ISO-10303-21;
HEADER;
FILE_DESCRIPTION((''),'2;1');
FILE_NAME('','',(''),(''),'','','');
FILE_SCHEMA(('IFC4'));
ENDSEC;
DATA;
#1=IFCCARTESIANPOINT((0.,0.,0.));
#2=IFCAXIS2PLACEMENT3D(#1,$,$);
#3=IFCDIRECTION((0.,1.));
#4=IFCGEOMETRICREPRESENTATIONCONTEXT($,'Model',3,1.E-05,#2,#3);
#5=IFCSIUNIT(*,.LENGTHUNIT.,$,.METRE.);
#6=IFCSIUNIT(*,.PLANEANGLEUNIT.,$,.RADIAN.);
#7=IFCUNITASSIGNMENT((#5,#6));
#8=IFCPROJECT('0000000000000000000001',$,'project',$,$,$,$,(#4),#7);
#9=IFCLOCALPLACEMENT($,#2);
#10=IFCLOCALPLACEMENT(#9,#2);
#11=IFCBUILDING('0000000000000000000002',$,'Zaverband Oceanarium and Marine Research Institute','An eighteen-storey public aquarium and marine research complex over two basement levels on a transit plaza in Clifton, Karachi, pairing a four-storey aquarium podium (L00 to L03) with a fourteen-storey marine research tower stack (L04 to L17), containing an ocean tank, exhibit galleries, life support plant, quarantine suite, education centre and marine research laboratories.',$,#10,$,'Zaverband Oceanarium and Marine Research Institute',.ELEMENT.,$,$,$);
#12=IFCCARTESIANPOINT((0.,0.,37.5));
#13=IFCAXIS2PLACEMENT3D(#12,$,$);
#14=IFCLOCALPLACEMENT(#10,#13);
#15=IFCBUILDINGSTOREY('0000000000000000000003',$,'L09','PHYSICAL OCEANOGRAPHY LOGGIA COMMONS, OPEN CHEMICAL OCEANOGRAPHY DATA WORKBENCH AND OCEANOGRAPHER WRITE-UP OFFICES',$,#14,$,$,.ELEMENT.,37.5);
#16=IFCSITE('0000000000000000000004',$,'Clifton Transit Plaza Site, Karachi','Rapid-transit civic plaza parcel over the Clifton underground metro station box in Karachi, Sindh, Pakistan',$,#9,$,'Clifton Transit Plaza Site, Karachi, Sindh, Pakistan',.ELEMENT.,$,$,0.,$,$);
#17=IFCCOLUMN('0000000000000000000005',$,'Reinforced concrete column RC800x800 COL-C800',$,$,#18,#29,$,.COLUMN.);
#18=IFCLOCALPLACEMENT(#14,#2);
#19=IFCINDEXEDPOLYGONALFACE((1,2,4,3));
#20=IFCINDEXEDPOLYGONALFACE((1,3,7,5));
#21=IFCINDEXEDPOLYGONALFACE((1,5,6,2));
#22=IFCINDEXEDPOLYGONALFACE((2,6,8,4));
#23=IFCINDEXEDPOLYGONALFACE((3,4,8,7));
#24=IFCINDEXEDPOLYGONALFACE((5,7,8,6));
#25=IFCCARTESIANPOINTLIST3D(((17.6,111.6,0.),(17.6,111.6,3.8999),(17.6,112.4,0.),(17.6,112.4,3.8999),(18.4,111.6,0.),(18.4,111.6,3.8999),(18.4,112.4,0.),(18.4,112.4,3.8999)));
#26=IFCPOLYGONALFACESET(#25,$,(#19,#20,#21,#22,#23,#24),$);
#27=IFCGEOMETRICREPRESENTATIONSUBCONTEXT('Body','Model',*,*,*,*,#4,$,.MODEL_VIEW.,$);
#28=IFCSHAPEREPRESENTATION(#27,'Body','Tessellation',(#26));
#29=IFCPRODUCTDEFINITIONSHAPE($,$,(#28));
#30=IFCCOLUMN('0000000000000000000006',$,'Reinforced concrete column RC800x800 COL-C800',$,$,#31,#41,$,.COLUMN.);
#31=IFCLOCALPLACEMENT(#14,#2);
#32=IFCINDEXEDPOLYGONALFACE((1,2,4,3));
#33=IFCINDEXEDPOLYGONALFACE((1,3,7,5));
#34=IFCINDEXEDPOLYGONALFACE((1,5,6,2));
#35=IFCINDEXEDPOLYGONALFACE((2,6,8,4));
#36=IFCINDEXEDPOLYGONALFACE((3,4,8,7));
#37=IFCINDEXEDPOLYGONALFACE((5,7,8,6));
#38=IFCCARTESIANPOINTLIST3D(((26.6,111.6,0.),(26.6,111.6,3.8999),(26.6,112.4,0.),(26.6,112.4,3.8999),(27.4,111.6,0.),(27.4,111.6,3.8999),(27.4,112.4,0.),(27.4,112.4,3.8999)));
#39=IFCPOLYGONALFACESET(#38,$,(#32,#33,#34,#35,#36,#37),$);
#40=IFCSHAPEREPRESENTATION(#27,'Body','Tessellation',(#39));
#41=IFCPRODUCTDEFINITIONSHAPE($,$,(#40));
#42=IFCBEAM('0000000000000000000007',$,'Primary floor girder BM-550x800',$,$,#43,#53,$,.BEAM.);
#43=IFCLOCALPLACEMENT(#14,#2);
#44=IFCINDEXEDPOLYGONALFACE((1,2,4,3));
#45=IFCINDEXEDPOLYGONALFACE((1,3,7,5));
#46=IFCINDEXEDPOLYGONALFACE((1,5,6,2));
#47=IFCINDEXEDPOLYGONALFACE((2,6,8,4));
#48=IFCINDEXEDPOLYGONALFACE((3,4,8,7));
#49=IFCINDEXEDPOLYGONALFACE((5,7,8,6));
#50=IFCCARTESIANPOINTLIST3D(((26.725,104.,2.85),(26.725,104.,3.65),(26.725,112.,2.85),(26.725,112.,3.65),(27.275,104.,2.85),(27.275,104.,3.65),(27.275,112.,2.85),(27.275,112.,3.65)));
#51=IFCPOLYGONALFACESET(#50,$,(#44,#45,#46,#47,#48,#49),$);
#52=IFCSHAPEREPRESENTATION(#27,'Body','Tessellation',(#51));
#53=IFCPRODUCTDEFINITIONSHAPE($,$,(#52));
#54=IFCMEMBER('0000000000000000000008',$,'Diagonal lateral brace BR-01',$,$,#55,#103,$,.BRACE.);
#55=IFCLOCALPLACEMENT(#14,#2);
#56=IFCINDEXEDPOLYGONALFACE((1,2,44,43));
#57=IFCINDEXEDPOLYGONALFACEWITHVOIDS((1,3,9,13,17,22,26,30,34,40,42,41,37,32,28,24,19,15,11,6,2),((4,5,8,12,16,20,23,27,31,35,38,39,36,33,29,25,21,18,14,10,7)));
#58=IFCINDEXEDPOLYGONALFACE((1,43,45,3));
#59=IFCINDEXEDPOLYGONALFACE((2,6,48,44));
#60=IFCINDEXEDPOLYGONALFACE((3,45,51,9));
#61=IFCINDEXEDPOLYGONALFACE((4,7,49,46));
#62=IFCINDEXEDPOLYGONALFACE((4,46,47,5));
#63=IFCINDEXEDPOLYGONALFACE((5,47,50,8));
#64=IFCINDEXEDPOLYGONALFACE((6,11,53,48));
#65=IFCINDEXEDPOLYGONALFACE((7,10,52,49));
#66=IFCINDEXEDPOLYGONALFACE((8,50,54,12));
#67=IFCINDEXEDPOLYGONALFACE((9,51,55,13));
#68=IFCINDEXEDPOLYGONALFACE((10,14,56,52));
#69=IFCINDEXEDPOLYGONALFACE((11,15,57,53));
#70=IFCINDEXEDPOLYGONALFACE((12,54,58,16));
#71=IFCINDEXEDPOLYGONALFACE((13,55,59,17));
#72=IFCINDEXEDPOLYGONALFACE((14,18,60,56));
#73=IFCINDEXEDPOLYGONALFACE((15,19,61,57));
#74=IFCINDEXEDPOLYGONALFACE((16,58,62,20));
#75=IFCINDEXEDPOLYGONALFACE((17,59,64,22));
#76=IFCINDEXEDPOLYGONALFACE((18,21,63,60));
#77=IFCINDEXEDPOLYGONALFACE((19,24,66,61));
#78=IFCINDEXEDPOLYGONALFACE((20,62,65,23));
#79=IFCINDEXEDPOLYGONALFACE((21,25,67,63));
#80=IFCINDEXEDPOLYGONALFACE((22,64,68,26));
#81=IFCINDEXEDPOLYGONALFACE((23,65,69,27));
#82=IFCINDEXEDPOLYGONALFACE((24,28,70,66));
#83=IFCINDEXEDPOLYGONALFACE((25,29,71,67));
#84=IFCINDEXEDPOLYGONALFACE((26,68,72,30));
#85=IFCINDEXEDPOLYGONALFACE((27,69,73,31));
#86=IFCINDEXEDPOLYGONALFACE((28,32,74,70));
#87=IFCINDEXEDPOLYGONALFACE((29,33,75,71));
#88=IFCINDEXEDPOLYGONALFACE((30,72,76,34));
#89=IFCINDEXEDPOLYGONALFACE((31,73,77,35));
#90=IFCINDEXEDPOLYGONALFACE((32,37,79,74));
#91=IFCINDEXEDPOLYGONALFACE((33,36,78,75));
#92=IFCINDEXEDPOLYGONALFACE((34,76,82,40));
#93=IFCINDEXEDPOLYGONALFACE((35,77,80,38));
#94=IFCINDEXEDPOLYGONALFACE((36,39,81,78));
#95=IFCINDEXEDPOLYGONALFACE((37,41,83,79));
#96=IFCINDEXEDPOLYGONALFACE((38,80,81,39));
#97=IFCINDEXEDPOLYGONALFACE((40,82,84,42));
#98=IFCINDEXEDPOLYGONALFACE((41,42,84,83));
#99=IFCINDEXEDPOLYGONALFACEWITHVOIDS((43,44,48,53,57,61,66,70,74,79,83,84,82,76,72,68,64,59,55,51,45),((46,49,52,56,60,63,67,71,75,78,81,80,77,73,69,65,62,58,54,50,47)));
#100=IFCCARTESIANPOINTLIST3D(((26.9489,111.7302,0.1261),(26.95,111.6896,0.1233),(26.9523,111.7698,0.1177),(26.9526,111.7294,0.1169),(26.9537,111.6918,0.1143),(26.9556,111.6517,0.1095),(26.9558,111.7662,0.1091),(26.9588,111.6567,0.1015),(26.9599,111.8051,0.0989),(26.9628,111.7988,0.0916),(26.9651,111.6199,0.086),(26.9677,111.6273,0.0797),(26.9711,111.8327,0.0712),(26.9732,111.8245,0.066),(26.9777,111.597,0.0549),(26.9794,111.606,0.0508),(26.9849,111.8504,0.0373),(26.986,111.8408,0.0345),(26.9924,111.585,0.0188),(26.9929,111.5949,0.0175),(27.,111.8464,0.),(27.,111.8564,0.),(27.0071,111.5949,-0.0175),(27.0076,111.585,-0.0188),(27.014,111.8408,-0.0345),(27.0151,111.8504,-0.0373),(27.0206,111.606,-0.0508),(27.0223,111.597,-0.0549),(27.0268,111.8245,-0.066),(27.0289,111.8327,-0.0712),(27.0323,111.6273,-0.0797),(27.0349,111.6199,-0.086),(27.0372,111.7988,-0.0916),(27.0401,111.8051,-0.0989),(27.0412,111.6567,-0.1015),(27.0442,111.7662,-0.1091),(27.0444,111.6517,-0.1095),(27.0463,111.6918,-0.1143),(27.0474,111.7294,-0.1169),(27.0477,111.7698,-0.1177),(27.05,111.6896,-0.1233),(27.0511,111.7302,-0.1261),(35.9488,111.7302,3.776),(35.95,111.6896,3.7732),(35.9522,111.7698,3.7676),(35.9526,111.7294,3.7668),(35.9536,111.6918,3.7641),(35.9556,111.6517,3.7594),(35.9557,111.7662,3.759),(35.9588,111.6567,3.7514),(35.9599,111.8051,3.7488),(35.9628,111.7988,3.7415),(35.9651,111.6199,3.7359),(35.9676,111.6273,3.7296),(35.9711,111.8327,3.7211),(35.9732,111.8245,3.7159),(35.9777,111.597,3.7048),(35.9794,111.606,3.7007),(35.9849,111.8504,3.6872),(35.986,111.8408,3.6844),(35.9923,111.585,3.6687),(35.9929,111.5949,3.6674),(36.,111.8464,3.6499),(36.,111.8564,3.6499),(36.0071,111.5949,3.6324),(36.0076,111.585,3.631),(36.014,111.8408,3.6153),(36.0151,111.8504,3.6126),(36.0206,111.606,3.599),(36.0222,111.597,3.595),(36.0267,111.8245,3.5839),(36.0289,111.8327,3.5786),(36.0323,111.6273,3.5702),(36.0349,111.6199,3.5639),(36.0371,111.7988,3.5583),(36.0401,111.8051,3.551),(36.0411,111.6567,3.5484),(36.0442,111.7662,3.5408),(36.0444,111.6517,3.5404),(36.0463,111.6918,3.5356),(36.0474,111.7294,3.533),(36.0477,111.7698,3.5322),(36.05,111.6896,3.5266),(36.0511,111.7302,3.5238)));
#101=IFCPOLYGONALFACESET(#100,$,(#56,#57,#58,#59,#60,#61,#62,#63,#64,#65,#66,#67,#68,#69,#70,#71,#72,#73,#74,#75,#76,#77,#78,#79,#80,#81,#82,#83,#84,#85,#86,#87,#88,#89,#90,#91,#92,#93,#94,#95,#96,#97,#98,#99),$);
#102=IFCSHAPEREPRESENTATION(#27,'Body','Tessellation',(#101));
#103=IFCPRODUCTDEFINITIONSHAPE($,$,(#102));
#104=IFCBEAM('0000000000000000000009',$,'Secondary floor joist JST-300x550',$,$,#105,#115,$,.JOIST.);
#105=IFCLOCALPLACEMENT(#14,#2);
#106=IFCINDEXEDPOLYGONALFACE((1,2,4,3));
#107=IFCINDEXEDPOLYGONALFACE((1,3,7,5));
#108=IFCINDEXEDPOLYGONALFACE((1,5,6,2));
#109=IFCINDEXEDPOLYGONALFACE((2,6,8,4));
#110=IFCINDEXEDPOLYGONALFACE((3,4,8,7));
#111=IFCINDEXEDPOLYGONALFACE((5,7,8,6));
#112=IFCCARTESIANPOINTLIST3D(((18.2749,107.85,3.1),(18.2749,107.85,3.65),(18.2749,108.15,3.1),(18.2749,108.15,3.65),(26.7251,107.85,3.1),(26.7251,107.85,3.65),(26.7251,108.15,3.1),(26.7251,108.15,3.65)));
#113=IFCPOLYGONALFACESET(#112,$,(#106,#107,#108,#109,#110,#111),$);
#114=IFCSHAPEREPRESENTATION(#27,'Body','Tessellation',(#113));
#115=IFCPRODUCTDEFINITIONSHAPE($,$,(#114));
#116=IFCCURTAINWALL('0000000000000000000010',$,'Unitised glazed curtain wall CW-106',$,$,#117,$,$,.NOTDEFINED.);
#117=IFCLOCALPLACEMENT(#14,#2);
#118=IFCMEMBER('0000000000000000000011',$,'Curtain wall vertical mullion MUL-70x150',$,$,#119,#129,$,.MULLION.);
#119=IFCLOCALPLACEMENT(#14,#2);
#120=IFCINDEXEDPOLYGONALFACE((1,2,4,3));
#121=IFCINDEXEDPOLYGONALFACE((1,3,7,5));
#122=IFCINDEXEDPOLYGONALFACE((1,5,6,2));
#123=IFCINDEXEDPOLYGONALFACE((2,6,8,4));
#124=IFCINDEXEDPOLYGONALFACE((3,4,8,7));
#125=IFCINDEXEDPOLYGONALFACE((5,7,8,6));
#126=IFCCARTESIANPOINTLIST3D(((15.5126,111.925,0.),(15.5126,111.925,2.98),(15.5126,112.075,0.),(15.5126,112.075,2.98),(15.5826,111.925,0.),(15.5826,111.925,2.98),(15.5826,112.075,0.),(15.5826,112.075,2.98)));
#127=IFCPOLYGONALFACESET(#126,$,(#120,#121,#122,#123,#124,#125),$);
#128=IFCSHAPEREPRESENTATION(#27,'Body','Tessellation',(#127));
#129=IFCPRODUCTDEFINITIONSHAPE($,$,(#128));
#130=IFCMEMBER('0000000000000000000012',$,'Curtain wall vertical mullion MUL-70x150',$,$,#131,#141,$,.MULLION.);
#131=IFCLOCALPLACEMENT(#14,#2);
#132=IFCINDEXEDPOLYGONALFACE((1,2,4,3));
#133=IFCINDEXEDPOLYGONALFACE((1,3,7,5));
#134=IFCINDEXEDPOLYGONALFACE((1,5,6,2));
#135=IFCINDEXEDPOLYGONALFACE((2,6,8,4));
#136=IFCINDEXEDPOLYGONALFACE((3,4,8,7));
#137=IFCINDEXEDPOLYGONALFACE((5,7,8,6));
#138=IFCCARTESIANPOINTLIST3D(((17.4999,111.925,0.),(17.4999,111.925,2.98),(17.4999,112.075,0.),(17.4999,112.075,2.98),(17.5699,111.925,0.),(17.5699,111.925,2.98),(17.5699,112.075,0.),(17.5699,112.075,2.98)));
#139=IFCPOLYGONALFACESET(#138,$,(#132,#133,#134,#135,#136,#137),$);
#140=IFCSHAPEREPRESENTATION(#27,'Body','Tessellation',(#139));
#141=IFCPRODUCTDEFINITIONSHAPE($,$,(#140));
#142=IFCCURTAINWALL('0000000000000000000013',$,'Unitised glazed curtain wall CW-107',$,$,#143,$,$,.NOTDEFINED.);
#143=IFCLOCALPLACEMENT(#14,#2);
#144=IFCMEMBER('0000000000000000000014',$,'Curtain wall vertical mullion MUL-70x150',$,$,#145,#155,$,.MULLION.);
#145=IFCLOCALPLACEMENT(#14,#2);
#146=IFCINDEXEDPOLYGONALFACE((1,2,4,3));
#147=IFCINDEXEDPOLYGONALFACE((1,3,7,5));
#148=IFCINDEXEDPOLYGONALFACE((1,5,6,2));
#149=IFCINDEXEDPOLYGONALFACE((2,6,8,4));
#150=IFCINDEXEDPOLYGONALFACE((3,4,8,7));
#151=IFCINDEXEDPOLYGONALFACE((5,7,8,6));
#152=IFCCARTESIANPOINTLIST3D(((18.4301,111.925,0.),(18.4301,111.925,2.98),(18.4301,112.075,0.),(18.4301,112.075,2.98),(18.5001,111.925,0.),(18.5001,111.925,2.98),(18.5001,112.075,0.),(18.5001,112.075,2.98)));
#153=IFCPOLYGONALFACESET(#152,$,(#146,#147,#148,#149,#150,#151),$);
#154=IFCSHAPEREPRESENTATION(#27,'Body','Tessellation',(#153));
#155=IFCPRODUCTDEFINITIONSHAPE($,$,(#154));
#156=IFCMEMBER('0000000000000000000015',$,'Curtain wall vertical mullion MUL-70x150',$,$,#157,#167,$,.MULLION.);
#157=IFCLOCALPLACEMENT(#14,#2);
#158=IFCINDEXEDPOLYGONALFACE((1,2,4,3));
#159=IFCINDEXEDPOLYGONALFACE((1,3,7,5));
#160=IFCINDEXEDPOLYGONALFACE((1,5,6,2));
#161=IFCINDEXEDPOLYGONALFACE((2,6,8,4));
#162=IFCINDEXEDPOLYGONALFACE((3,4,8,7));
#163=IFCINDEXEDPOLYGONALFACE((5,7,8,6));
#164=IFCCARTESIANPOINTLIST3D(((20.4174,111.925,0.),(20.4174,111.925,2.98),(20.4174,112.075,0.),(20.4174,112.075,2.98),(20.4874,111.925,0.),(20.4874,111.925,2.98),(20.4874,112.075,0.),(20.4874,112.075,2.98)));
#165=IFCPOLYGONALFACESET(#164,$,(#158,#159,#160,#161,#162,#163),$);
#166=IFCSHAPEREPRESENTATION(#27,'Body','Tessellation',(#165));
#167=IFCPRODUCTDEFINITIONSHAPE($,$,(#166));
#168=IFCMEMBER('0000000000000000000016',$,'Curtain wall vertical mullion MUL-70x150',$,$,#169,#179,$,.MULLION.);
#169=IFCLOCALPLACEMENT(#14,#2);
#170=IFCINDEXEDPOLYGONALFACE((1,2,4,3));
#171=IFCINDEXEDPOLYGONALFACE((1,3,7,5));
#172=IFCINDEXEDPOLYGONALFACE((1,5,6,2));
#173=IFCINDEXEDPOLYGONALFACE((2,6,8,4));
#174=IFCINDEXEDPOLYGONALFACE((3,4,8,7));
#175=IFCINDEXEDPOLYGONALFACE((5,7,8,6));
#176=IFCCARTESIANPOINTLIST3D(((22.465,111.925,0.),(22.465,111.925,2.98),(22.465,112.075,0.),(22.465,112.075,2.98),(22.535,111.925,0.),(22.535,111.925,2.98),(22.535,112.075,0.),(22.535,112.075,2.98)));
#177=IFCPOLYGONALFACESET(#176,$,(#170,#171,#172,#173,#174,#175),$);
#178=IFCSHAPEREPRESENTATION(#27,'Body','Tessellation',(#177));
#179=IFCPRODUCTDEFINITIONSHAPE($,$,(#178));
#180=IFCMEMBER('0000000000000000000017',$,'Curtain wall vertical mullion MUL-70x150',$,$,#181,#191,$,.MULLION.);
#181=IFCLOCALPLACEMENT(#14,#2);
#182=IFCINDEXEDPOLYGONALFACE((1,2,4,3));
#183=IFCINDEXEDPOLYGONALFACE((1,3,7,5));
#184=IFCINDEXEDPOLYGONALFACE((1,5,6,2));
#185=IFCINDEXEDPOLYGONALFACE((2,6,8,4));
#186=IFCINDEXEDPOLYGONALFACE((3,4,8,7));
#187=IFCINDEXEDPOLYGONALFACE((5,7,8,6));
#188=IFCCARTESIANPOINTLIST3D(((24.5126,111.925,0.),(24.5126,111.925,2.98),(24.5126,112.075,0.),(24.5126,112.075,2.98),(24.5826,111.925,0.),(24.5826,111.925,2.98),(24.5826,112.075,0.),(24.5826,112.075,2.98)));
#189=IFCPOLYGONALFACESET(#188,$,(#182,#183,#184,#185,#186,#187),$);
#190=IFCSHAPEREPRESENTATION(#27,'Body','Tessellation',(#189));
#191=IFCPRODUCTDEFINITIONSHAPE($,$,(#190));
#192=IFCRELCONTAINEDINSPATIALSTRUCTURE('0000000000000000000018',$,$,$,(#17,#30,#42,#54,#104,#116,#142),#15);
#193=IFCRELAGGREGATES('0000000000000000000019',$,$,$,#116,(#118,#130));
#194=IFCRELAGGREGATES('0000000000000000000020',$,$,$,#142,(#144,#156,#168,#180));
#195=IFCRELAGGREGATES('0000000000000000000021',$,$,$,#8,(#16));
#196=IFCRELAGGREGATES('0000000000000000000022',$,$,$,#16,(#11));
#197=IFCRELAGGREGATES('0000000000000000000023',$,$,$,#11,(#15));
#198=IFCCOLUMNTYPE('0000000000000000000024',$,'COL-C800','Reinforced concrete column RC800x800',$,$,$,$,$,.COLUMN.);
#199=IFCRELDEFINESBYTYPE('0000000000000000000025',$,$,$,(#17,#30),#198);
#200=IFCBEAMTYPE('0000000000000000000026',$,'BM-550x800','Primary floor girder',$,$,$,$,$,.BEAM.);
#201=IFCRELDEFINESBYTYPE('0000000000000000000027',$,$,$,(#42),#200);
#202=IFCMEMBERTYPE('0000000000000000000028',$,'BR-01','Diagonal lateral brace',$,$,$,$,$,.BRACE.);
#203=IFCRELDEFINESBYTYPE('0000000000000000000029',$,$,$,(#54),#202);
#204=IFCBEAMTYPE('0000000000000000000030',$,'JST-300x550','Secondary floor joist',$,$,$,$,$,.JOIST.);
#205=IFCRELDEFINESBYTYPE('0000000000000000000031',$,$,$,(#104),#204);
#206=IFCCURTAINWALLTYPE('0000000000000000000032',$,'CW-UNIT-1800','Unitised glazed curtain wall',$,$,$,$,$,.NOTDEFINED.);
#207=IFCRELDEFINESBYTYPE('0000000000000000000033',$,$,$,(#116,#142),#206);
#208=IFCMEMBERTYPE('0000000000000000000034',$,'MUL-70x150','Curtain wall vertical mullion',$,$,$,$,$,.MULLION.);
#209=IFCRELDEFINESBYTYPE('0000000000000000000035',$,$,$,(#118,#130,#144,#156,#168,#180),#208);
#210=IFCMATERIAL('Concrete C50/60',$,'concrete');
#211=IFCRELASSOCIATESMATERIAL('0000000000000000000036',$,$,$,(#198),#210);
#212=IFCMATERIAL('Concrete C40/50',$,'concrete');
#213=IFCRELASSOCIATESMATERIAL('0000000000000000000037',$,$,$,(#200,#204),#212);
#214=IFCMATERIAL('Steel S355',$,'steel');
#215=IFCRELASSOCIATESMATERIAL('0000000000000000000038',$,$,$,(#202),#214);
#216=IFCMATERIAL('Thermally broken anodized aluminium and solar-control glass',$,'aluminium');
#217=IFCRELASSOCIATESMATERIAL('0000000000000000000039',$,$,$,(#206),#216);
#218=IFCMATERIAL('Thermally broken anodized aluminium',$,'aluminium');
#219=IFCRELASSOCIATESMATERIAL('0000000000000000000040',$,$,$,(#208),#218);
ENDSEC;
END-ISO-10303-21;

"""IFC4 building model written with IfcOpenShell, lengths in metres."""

from ifc_helpers import new_model, si_unit, direction, frame, origin, origin_2d, place, context, subcontext, project, spatial, rectangle, hollow_circle, extrude, material, material_profile, profile_set, type_object, element, aggregate, save


model = new_model("IFC4")

# Units and contexts
model_context = context("Model", 3, precision=1e-05, world=origin(), true_north=direction((0.0, 1.0)))
body_context = subcontext(model_context, "Body", "Model", "MODEL_VIEW")
ifc_project = project(units=[si_unit("LENGTHUNIT", "METRE"), si_unit("PLANEANGLEUNIT", "RADIAN")], contexts=[model_context])

# Site, building, storey
site_placement = place(None, origin())
site = spatial("IfcSite", under=ifc_project, at=site_placement, Name="Clifton Transit Plaza Site, Karachi", Description="Rapid-transit civic plaza parcel over the Clifton underground metro station box in Karachi, Sindh, Pakistan", LongName="Clifton Transit Plaza Site, Karachi, Sindh, Pakistan", CompositionType="ELEMENT", RefElevation=0.0)
building_placement = place(site_placement, origin())
building = spatial("IfcBuilding", under=site, at=building_placement, Name="Zaverband Oceanarium and Marine Research Institute", Description="An eighteen-storey public aquarium and marine research complex over two basement levels on a transit plaza in Clifton, Karachi, pairing a four-storey aquarium podium (L00 to L03) with a fourteen-storey marine research tower stack (L04 to L17), containing an ocean tank, exhibit galleries, life support plant, quarantine suite, education centre and marine research laboratories.", LongName="Zaverband Oceanarium and Marine Research Institute", CompositionType="ELEMENT")
storey_placement = place(building_placement, frame((0.0, 0.0, 37.5)))
storey = spatial("IfcBuildingStorey", under=building, at=storey_placement, Name="L09", Description="PHYSICAL OCEANOGRAPHY LOGGIA COMMONS, OPEN CHEMICAL OCEANOGRAPHY DATA WORKBENCH AND OCEANOGRAPHER WRITE-UP OFFICES", CompositionType="ELEMENT", Elevation=37.5)

# Columns
ifc_material_1 = material(Name="Concrete C50/60", Category="concrete")
ifc_material_profile_1 = material_profile(ifc_material_1, rectangle(XDim=0.8, YDim=0.8, at=origin_2d()), Name="RC800x800")
ifc_profile_set_1 = profile_set([ifc_material_profile_1], Name="Concrete C50/60")
column_type = type_object("IfcColumnType", Name="COL-C800", Description="Reinforced concrete column RC800x800", PredefinedType="COLUMN", material=ifc_profile_set_1)
for number, where, z_axis, x_axis, name in (
    (1, (18.0, 112.0, 0.0), (0.0, 0.0, 1.0), (1.0, 0.0, 0.0), "Reinforced concrete column RC800x800 COL-C800"),
    (2, (27.0, 112.0, 0.0), (0.0, 0.0, 1.0), (1.0, 0.0, 0.0), "Reinforced concrete column RC800x800 COL-C800"),
):
    element("IfcColumn", number, at=place(storey_placement, frame(where, z_axis=z_axis, x_axis=x_axis)), inside=storey, type_object=column_type, Name=name, PredefinedType="COLUMN", context=body_context, shape_type="SweptSolid", body=[
        extrude(rectangle(XDim=0.8, YDim=0.8, at=origin_2d()), origin(), (0.0, 0.0, 1.0), 3.8999),
    ])

# Beam
ifc_material_2 = material(Name="Concrete C40/50", Category="concrete")
ifc_material_profile_2 = material_profile(ifc_material_2, rectangle(XDim=0.55, YDim=0.8, at=origin_2d()), Name="RC550x800")
ifc_profile_set_2 = profile_set([ifc_material_profile_2], Name="Concrete C40/50")
beam_type_1 = type_object("IfcBeamType", Name="BM-550x800", Description="Primary floor girder", PredefinedType="BEAM", material=ifc_profile_set_2)
beam_1_placement = place(storey_placement, frame((27.0, 104.0, 3.25), z_axis=(0.0, 1.0, 0.0), x_axis=(-1.0, 0.0, 0.0)))
element("IfcBeam", 3, at=beam_1_placement, inside=storey, type_object=beam_type_1, Name="Primary floor girder BM-550x800", PredefinedType="BEAM", context=body_context, shape_type="SweptSolid", body=[
    extrude(rectangle(XDim=0.55, YDim=0.8, at=origin_2d()), origin(), (0.0, 0.0, 1.0), 8.0),
])

# Member
ifc_material_3 = material(Name="Steel S355", Category="steel")
ifc_material_profile_3 = material_profile(ifc_material_3, hollow_circle(Radius=0.1365, WallThickness=0.01, at=origin_2d()), Name="CHS273x10")
ifc_profile_set_3 = profile_set([ifc_material_profile_3], Name="Steel S355")
member_type_1 = type_object("IfcMemberType", Name="BR-01", Description="Diagonal lateral brace", PredefinedType="BRACE", material=ifc_profile_set_3)
member_1_placement = place(storey_placement, frame((27.0, 111.72, 0.0), z_axis=(0.926694, 0.0, 0.375816), x_axis=(0.0, 1.0, 0.0)))
element("IfcMember", 4, at=member_1_placement, inside=storey, type_object=member_type_1, Name="Diagonal lateral brace BR-01", PredefinedType="BRACE", context=body_context, shape_type="SweptSolid", body=[
    extrude(hollow_circle(Radius=0.1365, WallThickness=0.01, at=origin_2d()), origin(), (0.0, 0.0, 1.0), 9.7119),
])

# Beam
ifc_material_profile_4 = material_profile(ifc_material_2, rectangle(XDim=0.3, YDim=0.55, at=origin_2d()), Name="RC300x550")
ifc_profile_set_4 = profile_set([ifc_material_profile_4], Name="Concrete C40/50")
beam_type_2 = type_object("IfcBeamType", Name="JST-300x550", Description="Secondary floor joist", PredefinedType="JOIST", material=ifc_profile_set_4)
beam_2_placement = place(storey_placement, frame((18.2749, 108.0, 3.375), z_axis=(1.0, 0.0, 0.0), x_axis=(0.0, 1.0, 0.0)))
element("IfcBeam", 5, at=beam_2_placement, inside=storey, type_object=beam_type_2, Name="Secondary floor joist JST-300x550", PredefinedType="JOIST", context=body_context, shape_type="SweptSolid", body=[
    extrude(rectangle(XDim=0.3, YDim=0.55, at=origin_2d()), origin(), (0.0, 0.0, 1.0), 8.4502),
])

# Curtain walls, members
ifc_material_4 = material(Name="Thermally broken anodized aluminium and solar-control glass", Category="aluminium")
curtain_wall_type = type_object("IfcCurtainWallType", Name="CW-UNIT-1800", Description="Unitised glazed curtain wall", PredefinedType="NOTDEFINED", material=ifc_material_4)
curtain_wall_1_placement = place(storey_placement, origin())
curtain_wall_1 = element("IfcCurtainWall", 6, at=curtain_wall_1_placement, inside=storey, type_object=curtain_wall_type, Name="Unitised glazed curtain wall CW-106", PredefinedType="NOTDEFINED")
ifc_material_5 = material(Name="Thermally broken anodized aluminium", Category="aluminium")
ifc_material_profile_5 = material_profile(ifc_material_5, rectangle(XDim=0.0701, YDim=0.1499, at=origin_2d()), Name="AL-MUL-70x150")
ifc_profile_set_5 = profile_set([ifc_material_profile_5], Name="Thermally broken anodized aluminium")
member_type_2 = type_object("IfcMemberType", Name="MUL-70x150", Description="Curtain wall vertical mullion", PredefinedType="MULLION", material=ifc_profile_set_5)
member_2_placement = place(storey_placement, frame((15.5476, 112.0, 0.0), z_axis=(0.0, 0.0, 1.0), x_axis=(1.0, 0.0, 0.0)))
member_2 = element("IfcMember", 7, at=member_2_placement, type_object=member_type_2, Name="Curtain wall vertical mullion MUL-70x150", PredefinedType="MULLION", context=body_context, shape_type="SweptSolid", body=[
    extrude(rectangle(XDim=0.0701, YDim=0.1499, at=origin_2d()), origin(), (0.0, 0.0, 1.0), 2.98),
])
member_3_placement = place(storey_placement, frame((17.5349, 112.0, 0.0), z_axis=(0.0, 0.0, 1.0), x_axis=(1.0, 0.0, 0.0)))
member_3 = element("IfcMember", 8, at=member_3_placement, type_object=member_type_2, Name="Curtain wall vertical mullion MUL-70x150", PredefinedType="MULLION", context=body_context, shape_type="SweptSolid", body=[
    extrude(rectangle(XDim=0.0701, YDim=0.1499, at=origin_2d()), origin(), (0.0, 0.0, 1.0), 2.98),
])
curtain_wall_2_placement = place(storey_placement, origin())
curtain_wall_2 = element("IfcCurtainWall", 9, at=curtain_wall_2_placement, inside=storey, type_object=curtain_wall_type, Name="Unitised glazed curtain wall CW-107", PredefinedType="NOTDEFINED")
member_4_placement = place(storey_placement, frame((18.4651, 112.0, 0.0), z_axis=(0.0, 0.0, 1.0), x_axis=(1.0, 0.0, 0.0)))
member_4 = element("IfcMember", 10, at=member_4_placement, type_object=member_type_2, Name="Curtain wall vertical mullion MUL-70x150", PredefinedType="MULLION", context=body_context, shape_type="SweptSolid", body=[
    extrude(rectangle(XDim=0.0701, YDim=0.1499, at=origin_2d()), origin(), (0.0, 0.0, 1.0), 2.98),
])
member_5_placement = place(storey_placement, frame((20.4524, 112.0, 0.0), z_axis=(0.0, 0.0, 1.0), x_axis=(1.0, 0.0, 0.0)))
member_5 = element("IfcMember", 11, at=member_5_placement, type_object=member_type_2, Name="Curtain wall vertical mullion MUL-70x150", PredefinedType="MULLION", context=body_context, shape_type="SweptSolid", body=[
    extrude(rectangle(XDim=0.0701, YDim=0.1499, at=origin_2d()), origin(), (0.0, 0.0, 1.0), 2.98),
])
member_6_placement = place(storey_placement, frame((22.5, 112.0, 0.0), z_axis=(0.0, 0.0, 1.0), x_axis=(1.0, 0.0, 0.0)))
member_6 = element("IfcMember", 12, at=member_6_placement, type_object=member_type_2, Name="Curtain wall vertical mullion MUL-70x150", PredefinedType="MULLION", context=body_context, shape_type="SweptSolid", body=[
    extrude(rectangle(XDim=0.0701, YDim=0.1499, at=origin_2d()), origin(), (0.0, 0.0, 1.0), 2.98),
])
member_7_placement = place(storey_placement, frame((24.5476, 112.0, 0.0), z_axis=(0.0, 0.0, 1.0), x_axis=(1.0, 0.0, 0.0)))
member_7 = element("IfcMember", 13, at=member_7_placement, type_object=member_type_2, Name="Curtain wall vertical mullion MUL-70x150", PredefinedType="MULLION", context=body_context, shape_type="SweptSolid", body=[
    extrude(rectangle(XDim=0.0701, YDim=0.1499, at=origin_2d()), origin(), (0.0, 0.0, 1.0), 2.98),
])

aggregate(curtain_wall_1, [member_2, member_3])
aggregate(curtain_wall_2, [member_4, member_5, member_6, member_7])

save(model, "model.ifc")
